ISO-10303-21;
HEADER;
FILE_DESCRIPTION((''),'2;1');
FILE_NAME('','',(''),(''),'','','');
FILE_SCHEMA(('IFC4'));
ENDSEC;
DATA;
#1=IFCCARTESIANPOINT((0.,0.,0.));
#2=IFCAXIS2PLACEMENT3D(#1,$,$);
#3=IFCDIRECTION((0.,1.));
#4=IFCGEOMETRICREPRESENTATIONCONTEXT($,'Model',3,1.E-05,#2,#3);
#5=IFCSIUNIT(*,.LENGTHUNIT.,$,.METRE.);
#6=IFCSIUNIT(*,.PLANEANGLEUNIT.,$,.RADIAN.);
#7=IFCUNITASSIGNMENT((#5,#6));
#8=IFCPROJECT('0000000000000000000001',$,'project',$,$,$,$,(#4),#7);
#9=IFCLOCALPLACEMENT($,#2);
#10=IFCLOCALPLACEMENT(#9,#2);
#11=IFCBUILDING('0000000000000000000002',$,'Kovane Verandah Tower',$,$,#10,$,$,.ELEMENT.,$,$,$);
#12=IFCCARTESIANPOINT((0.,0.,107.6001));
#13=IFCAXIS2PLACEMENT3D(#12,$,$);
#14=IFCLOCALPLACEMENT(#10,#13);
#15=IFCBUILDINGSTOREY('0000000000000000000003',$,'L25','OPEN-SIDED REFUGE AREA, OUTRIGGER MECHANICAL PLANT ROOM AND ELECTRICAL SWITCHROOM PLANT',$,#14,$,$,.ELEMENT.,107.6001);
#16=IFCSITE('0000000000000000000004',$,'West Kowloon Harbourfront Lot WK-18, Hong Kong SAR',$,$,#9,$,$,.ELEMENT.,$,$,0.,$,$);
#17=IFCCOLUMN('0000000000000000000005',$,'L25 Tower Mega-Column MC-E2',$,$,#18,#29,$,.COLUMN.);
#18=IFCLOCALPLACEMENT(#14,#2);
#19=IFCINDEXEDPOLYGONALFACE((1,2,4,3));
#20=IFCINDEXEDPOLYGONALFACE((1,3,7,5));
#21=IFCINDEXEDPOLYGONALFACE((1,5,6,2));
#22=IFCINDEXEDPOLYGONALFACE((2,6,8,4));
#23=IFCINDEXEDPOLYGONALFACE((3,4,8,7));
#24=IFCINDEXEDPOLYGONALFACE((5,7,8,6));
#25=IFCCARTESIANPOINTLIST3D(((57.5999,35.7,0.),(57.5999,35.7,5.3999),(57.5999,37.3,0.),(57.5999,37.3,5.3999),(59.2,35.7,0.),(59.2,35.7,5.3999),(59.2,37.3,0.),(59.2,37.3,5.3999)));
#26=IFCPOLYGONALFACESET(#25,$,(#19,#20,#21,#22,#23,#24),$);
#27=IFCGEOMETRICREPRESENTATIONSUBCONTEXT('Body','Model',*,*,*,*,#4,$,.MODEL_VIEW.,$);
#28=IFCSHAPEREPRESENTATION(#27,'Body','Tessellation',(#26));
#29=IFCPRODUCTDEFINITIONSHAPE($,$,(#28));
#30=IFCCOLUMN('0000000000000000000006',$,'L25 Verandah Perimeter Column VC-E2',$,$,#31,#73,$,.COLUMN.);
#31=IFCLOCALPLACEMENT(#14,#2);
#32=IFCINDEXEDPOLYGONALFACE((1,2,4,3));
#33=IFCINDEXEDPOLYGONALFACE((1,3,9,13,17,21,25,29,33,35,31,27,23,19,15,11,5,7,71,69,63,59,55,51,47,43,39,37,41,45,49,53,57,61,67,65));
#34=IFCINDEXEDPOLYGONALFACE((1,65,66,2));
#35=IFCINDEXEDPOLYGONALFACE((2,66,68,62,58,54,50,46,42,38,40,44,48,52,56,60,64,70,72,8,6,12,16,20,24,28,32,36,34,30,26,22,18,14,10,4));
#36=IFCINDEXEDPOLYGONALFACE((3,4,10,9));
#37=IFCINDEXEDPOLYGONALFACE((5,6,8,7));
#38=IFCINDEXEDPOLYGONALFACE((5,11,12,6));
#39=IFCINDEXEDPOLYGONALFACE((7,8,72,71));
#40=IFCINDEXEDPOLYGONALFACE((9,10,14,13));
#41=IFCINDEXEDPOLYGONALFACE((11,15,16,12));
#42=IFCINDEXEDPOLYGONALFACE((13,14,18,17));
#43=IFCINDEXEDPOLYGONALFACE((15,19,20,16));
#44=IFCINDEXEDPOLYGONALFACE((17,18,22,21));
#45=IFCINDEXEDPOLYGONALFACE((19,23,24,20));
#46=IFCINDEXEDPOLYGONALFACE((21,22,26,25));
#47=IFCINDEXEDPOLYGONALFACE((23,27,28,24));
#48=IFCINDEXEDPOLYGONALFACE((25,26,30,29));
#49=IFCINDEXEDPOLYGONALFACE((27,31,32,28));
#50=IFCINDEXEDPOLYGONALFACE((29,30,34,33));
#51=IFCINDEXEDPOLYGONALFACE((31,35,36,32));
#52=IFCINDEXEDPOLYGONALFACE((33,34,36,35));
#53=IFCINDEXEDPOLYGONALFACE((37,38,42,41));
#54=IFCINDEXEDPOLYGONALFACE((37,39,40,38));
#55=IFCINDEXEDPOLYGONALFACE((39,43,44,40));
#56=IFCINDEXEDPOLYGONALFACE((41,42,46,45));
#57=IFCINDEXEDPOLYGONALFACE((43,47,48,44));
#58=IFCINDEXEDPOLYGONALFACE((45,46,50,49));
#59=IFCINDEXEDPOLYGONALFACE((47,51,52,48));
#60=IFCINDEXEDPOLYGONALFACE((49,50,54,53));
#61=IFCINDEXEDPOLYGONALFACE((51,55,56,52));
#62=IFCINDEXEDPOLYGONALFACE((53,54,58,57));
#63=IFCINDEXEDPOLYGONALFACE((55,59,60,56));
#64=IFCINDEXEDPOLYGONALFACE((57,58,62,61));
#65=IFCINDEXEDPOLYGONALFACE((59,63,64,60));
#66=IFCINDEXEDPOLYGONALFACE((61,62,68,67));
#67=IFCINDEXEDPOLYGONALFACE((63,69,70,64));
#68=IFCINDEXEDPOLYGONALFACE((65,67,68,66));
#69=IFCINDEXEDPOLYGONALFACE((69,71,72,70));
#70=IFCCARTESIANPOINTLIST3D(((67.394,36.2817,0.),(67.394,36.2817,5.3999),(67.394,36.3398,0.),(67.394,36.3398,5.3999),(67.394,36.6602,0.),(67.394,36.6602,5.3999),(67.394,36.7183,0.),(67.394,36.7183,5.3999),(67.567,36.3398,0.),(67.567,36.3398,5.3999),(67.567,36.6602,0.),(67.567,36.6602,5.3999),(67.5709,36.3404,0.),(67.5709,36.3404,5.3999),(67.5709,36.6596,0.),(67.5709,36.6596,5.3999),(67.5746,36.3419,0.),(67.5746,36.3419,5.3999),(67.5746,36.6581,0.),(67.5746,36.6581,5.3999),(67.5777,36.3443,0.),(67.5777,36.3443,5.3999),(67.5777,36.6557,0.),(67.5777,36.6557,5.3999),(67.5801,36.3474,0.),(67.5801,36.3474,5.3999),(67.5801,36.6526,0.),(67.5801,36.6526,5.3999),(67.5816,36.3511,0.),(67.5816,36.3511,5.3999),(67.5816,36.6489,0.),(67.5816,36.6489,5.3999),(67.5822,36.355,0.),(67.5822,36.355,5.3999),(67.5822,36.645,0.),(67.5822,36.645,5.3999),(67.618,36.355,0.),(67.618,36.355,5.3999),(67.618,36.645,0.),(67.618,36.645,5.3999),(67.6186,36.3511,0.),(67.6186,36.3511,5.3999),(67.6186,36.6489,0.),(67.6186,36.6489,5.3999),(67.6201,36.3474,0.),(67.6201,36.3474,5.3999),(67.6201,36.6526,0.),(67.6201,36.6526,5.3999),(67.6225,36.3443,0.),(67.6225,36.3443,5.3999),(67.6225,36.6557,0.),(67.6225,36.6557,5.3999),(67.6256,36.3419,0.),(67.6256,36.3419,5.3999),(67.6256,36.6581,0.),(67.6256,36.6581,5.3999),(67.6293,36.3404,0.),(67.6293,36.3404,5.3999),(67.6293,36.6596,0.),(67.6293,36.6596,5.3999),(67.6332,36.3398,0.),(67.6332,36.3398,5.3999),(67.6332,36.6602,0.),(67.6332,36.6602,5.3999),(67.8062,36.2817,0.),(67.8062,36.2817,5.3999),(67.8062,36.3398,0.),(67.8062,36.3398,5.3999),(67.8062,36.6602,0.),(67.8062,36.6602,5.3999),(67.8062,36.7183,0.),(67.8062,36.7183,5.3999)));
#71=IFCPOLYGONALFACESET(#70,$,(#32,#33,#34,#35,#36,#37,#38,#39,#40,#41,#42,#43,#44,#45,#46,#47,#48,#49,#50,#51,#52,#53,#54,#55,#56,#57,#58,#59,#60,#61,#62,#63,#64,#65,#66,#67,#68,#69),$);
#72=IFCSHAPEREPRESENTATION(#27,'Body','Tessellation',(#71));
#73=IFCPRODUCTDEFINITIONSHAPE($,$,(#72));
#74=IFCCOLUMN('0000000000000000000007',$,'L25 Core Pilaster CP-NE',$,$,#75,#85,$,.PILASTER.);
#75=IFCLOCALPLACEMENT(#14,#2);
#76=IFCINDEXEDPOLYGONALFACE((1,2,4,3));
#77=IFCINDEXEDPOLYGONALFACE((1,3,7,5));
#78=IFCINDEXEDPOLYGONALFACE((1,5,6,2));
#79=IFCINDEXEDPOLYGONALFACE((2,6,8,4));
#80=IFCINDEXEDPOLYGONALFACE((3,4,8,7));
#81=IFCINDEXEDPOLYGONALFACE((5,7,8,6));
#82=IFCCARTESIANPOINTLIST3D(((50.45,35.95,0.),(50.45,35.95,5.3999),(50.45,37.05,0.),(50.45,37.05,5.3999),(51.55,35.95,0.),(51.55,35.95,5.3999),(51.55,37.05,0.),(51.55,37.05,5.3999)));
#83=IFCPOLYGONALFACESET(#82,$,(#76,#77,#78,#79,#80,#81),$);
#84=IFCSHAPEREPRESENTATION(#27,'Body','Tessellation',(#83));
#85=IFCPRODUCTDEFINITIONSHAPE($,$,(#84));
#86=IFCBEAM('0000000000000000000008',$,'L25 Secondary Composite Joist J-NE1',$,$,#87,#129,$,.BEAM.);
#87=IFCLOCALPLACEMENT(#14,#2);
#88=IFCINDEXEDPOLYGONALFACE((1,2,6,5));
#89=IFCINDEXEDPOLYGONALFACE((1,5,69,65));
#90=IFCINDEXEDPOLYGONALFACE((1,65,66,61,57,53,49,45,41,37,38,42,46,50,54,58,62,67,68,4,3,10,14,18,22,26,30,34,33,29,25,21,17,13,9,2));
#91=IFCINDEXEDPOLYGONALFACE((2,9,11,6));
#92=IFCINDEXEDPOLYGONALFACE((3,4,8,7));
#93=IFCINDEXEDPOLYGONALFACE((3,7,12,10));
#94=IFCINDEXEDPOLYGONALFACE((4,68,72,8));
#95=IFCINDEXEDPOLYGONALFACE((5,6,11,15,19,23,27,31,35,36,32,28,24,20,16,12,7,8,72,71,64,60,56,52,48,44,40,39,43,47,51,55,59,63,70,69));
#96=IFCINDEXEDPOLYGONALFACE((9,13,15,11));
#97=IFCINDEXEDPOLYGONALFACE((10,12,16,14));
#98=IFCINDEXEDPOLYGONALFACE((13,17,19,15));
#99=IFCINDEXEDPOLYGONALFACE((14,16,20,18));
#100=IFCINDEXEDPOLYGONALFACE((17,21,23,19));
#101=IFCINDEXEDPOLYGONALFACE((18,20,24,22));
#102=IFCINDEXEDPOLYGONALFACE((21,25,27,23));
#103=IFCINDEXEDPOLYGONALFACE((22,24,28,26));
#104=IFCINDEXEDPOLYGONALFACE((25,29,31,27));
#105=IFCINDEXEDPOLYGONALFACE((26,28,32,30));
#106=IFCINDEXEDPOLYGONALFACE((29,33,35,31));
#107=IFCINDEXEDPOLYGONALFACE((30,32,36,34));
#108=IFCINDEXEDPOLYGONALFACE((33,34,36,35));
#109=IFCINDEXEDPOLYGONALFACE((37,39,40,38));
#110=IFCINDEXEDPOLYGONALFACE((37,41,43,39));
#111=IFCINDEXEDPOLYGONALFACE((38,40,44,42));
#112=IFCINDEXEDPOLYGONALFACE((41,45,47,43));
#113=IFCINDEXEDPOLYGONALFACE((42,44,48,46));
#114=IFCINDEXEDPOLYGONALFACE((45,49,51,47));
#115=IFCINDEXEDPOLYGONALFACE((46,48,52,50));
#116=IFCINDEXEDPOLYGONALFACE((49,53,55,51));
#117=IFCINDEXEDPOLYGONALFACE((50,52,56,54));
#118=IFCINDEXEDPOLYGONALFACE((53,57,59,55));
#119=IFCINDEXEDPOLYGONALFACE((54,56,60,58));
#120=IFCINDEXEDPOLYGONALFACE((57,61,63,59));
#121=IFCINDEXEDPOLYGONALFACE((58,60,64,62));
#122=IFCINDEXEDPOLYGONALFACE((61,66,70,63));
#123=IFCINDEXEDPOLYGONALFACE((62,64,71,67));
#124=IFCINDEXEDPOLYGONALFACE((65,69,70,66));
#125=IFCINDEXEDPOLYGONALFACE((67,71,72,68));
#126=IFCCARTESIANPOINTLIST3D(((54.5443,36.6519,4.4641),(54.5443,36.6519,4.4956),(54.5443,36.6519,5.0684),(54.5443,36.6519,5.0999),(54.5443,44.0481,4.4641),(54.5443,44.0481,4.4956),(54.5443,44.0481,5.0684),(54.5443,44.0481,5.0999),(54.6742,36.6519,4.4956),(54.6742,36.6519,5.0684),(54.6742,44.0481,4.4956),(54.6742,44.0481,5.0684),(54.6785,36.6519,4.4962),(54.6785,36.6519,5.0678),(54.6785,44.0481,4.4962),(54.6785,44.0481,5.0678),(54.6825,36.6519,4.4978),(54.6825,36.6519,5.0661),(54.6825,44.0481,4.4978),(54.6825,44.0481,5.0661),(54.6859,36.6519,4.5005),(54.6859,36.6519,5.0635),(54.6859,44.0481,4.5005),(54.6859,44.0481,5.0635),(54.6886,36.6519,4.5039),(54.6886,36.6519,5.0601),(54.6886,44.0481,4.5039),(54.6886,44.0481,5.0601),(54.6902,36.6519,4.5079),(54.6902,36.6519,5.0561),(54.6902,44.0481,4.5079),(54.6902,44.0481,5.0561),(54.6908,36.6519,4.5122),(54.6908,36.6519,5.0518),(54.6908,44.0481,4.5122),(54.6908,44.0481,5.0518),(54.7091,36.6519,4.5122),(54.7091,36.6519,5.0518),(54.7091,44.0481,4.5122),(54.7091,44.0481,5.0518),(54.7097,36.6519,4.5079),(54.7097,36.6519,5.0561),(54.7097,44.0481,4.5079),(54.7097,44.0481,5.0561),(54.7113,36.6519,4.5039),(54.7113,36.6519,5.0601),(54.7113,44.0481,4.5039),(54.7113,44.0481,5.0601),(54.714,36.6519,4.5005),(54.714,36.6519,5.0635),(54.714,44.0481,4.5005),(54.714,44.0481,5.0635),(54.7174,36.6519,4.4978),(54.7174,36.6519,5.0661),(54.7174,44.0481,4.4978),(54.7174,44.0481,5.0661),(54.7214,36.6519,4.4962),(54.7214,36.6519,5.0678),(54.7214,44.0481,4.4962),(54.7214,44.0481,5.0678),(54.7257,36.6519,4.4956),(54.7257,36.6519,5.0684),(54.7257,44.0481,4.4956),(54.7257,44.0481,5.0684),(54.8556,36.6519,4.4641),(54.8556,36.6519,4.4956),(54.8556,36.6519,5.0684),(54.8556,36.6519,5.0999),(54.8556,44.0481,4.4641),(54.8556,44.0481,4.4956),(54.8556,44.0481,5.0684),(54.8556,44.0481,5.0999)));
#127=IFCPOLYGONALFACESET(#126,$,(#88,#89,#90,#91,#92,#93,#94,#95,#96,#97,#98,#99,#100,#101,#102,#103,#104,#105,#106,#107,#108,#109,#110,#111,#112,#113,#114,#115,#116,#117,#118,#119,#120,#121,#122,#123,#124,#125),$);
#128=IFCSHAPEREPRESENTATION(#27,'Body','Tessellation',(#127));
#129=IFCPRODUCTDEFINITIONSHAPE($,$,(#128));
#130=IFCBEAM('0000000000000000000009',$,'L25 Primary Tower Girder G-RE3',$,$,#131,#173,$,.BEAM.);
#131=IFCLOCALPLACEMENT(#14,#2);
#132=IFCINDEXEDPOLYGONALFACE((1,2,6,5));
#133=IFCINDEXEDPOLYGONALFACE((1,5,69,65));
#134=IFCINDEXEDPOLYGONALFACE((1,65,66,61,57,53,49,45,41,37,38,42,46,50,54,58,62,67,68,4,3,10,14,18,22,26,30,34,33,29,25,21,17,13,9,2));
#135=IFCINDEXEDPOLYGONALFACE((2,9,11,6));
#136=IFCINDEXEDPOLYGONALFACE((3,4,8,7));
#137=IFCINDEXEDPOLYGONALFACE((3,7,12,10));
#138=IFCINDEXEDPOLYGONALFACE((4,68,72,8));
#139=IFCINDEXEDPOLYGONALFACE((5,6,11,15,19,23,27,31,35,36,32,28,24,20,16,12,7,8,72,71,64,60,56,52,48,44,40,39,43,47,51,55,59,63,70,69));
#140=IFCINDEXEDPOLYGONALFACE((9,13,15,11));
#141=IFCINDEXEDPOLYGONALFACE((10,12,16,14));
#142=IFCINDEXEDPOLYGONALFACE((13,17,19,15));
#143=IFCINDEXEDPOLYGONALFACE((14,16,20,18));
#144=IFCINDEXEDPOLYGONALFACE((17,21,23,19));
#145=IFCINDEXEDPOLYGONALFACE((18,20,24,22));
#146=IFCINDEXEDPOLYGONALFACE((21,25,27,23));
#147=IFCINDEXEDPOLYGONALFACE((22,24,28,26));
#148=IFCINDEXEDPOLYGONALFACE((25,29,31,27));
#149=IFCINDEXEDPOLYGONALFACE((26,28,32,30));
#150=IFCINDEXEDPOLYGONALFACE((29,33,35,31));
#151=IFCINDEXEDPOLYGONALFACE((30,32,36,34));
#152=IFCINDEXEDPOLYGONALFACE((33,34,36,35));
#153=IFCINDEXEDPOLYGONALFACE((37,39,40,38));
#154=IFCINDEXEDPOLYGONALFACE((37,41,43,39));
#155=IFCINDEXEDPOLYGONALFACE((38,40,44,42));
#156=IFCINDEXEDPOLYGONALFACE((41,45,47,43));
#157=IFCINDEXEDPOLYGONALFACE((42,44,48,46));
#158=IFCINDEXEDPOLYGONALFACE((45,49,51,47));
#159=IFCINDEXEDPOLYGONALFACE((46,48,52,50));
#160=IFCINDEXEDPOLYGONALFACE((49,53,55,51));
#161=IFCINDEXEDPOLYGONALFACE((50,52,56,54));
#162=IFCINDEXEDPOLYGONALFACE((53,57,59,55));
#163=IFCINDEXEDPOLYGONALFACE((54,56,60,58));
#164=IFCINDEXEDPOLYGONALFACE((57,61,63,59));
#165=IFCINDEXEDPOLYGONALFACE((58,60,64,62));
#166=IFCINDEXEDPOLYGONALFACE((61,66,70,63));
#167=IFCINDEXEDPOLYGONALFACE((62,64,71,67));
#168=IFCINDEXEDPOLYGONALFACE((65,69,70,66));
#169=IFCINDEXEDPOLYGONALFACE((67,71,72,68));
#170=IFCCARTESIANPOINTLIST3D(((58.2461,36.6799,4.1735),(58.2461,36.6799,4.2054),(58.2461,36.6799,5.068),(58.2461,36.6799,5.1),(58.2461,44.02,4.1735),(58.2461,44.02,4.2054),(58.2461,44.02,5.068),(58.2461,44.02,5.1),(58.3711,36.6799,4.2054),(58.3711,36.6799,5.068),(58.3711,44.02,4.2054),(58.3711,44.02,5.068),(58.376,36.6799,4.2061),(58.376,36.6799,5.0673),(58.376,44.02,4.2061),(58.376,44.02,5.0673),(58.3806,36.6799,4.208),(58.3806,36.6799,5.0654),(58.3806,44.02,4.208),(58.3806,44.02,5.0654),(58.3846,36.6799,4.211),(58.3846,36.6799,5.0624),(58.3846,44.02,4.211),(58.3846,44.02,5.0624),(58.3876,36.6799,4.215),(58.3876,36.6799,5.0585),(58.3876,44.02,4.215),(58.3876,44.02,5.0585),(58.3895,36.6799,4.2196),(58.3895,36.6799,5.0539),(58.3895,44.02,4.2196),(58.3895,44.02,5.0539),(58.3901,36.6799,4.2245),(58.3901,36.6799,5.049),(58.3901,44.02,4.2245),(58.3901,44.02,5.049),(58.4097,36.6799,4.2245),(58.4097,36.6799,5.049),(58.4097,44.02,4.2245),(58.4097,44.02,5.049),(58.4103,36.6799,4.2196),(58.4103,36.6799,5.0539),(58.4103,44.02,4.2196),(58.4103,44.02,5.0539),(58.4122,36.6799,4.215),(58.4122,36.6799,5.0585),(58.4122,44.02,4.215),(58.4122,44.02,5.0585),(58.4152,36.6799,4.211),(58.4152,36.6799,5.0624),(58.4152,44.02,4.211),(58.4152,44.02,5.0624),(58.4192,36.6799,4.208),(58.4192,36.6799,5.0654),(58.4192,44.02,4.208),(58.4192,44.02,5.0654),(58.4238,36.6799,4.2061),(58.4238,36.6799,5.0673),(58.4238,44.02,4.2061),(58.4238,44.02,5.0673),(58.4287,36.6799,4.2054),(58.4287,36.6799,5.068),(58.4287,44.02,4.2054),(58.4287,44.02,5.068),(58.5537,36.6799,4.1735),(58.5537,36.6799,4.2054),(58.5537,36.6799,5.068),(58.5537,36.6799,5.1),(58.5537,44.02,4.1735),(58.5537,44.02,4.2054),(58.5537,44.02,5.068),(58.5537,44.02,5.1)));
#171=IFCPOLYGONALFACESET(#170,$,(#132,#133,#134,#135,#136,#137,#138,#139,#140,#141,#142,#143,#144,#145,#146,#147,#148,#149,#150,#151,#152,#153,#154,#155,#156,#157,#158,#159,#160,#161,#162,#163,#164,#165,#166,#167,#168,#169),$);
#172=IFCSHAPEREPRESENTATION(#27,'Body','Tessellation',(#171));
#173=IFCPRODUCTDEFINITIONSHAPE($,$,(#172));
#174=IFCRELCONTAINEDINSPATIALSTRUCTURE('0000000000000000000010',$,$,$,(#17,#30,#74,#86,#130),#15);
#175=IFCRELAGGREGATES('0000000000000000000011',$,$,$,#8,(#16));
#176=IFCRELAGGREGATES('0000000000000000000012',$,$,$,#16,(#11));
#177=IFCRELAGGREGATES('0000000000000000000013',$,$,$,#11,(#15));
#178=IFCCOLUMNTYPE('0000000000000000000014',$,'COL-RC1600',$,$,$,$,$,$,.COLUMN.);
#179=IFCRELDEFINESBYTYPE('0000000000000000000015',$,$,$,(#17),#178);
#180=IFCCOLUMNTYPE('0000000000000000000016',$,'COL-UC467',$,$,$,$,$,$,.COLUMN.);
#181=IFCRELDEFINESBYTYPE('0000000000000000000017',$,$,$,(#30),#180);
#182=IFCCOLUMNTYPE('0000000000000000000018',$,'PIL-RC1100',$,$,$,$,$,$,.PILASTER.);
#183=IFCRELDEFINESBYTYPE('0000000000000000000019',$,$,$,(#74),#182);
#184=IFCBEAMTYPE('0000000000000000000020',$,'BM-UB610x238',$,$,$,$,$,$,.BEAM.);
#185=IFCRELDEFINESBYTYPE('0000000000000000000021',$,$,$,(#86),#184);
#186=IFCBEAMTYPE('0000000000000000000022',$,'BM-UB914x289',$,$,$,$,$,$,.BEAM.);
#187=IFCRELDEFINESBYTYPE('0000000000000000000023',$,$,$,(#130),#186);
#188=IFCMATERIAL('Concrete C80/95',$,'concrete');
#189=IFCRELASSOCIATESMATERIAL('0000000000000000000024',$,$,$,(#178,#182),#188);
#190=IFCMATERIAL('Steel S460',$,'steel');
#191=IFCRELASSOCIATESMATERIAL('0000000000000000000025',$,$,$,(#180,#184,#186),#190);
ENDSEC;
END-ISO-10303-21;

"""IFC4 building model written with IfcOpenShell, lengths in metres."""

from ifc_helpers import new_model, si_unit, direction, frame, origin, origin_2d, place, context, subcontext, project, spatial, rectangle, i_section, extrude, material, material_profile, profile_set, type_object, element, save


model = new_model("IFC4")

# Units and contexts
model_context = context("Model", 3, precision=1e-05, world=origin(), true_north=direction((0.0, 1.0)))
body_context = subcontext(model_context, "Body", "Model", "MODEL_VIEW")
ifc_project = project(units=[si_unit("LENGTHUNIT", "METRE"), si_unit("PLANEANGLEUNIT", "RADIAN")], contexts=[model_context])

# Site, building, storey
site_placement = place(None, origin())
site = spatial("IfcSite", under=ifc_project, at=site_placement, Name="West Kowloon Harbourfront Lot WK-18, Hong Kong SAR", CompositionType="ELEMENT", RefElevation=0.0)
building_placement = place(site_placement, origin())
building = spatial("IfcBuilding", under=site, at=building_placement, Name="Kovane Verandah Tower", CompositionType="ELEMENT")
storey_placement = place(building_placement, frame((0.0, 0.0, 107.6001)))
storey = spatial("IfcBuildingStorey", under=building, at=storey_placement, Name="L25", Description="OPEN-SIDED REFUGE AREA, OUTRIGGER MECHANICAL PLANT ROOM AND ELECTRICAL SWITCHROOM PLANT", CompositionType="ELEMENT", Elevation=107.6001)

# Columns
ifc_material_1 = material(Name="Concrete C80/95", Category="concrete")
ifc_material_profile_1 = material_profile(ifc_material_1, rectangle(XDim=1.6001, YDim=1.6001, at=origin_2d()), Name="RC1600x1600")
ifc_profile_set_1 = profile_set([ifc_material_profile_1], Name="Concrete C80/95")
column_type_1 = type_object("IfcColumnType", Name="COL-RC1600", PredefinedType="COLUMN", material=ifc_profile_set_1)
column_1_placement = place(storey_placement, frame((58.3999, 36.5, 0.0), z_axis=(0.0, 0.0, 1.0), x_axis=(1.0, 0.0, 0.0)))
element("IfcColumn", 1, at=column_1_placement, inside=storey, type_object=column_type_1, Name="L25 Tower Mega-Column MC-E2", PredefinedType="COLUMN", context=body_context, shape_type="SweptSolid", body=[
    extrude(rectangle(XDim=1.6001, YDim=1.6001, at=origin_2d()), origin(), (0.0, 0.0, 1.0), 5.3999),
])
ifc_material_2 = material(Name="Steel S460", Category="steel")
ifc_material_profile_2 = material_profile(ifc_material_2, i_section(OverallWidth=0.4121, OverallDepth=0.4365, WebThickness=0.0359, FlangeThickness=0.0581, FilletRadius=0.0151, at=origin_2d()), Name="UC356x406x467")
ifc_profile_set_2 = profile_set([ifc_material_profile_2], Name="Steel S460")
column_type_2 = type_object("IfcColumnType", Name="COL-UC467", PredefinedType="COLUMN", material=ifc_profile_set_2)
column_2_placement = place(storey_placement, frame((67.6001, 36.5, 0.0), z_axis=(0.0, 0.0, 1.0), x_axis=(1.0, 0.0, 0.0)))
element("IfcColumn", 2, at=column_2_placement, inside=storey, type_object=column_type_2, Name="L25 Verandah Perimeter Column VC-E2", PredefinedType="COLUMN", context=body_context, shape_type="SweptSolid", body=[
    extrude(i_section(OverallWidth=0.4121, OverallDepth=0.4365, WebThickness=0.0359, FlangeThickness=0.0581, FilletRadius=0.0151, at=origin_2d()), origin(), (0.0, 0.0, 1.0), 5.3999),
])
ifc_material_profile_3 = material_profile(ifc_material_1, rectangle(XDim=1.1001, YDim=1.1001, at=origin_2d()), Name="RC1100x1100")
ifc_profile_set_3 = profile_set([ifc_material_profile_3], Name="Concrete C80/95")
column_type_3 = type_object("IfcColumnType", Name="PIL-RC1100", PredefinedType="PILASTER", material=ifc_profile_set_3)
column_3_placement = place(storey_placement, frame((51.0, 36.5, 0.0), z_axis=(0.0, 0.0, 1.0), x_axis=(1.0, 0.0, 0.0)))
element("IfcColumn", 3, at=column_3_placement, inside=storey, type_object=column_type_3, Name="L25 Core Pilaster CP-NE", PredefinedType="PILASTER", context=body_context, shape_type="SweptSolid", body=[
    extrude(rectangle(XDim=1.1001, YDim=1.1001, at=origin_2d()), origin(), (0.0, 0.0, 1.0), 5.3999),
])

# Beams
ifc_material_profile_4 = material_profile(ifc_material_2, i_section(OverallWidth=0.3113, OverallDepth=0.6357, WebThickness=0.0183, FlangeThickness=0.0315, FilletRadius=0.0166, at=origin_2d()), Name="UB610x305x238")
ifc_profile_set_4 = profile_set([ifc_material_profile_4], Name="Steel S460")
beam_type_1 = type_object("IfcBeamType", Name="BM-UB610x238", PredefinedType="BEAM", material=ifc_profile_set_4)
beam_1_placement = place(storey_placement, frame((54.7, 36.6519, 4.782), z_axis=(0.0, 1.0, 0.0), x_axis=(-1.0, 0.0, 0.0)))
element("IfcBeam", 4, at=beam_1_placement, inside=storey, type_object=beam_type_1, Name="L25 Secondary Composite Joist J-NE1", PredefinedType="BEAM", context=body_context, shape_type="SweptSolid", body=[
    extrude(i_section(OverallWidth=0.3113, OverallDepth=0.6357, WebThickness=0.0183, FlangeThickness=0.0315, FilletRadius=0.0166, at=origin_2d()), origin(), (0.0, 0.0, 1.0), 7.3962),
])
ifc_material_profile_5 = material_profile(ifc_material_2, i_section(OverallWidth=0.3076, OverallDepth=0.9265, WebThickness=0.0195, FlangeThickness=0.032, FilletRadius=0.019, at=origin_2d()), Name="UB914x305x289")
ifc_profile_set_5 = profile_set([ifc_material_profile_5], Name="Steel S460")
beam_type_2 = type_object("IfcBeamType", Name="BM-UB914x289", PredefinedType="BEAM", material=ifc_profile_set_5)
beam_2_placement = place(storey_placement, frame((58.3999, 36.6799, 4.6367), z_axis=(0.0, 1.0, 0.0), x_axis=(-1.0, 0.0, 0.0)))
element("IfcBeam", 5, at=beam_2_placement, inside=storey, type_object=beam_type_2, Name="L25 Primary Tower Girder G-RE3", PredefinedType="BEAM", context=body_context, shape_type="SweptSolid", body=[
    extrude(i_section(OverallWidth=0.3076, OverallDepth=0.9265, WebThickness=0.0195, FlangeThickness=0.032, FilletRadius=0.019, at=origin_2d()), origin(), (0.0, 0.0, 1.0), 7.3401),
])

save(model, "model.ifc")
